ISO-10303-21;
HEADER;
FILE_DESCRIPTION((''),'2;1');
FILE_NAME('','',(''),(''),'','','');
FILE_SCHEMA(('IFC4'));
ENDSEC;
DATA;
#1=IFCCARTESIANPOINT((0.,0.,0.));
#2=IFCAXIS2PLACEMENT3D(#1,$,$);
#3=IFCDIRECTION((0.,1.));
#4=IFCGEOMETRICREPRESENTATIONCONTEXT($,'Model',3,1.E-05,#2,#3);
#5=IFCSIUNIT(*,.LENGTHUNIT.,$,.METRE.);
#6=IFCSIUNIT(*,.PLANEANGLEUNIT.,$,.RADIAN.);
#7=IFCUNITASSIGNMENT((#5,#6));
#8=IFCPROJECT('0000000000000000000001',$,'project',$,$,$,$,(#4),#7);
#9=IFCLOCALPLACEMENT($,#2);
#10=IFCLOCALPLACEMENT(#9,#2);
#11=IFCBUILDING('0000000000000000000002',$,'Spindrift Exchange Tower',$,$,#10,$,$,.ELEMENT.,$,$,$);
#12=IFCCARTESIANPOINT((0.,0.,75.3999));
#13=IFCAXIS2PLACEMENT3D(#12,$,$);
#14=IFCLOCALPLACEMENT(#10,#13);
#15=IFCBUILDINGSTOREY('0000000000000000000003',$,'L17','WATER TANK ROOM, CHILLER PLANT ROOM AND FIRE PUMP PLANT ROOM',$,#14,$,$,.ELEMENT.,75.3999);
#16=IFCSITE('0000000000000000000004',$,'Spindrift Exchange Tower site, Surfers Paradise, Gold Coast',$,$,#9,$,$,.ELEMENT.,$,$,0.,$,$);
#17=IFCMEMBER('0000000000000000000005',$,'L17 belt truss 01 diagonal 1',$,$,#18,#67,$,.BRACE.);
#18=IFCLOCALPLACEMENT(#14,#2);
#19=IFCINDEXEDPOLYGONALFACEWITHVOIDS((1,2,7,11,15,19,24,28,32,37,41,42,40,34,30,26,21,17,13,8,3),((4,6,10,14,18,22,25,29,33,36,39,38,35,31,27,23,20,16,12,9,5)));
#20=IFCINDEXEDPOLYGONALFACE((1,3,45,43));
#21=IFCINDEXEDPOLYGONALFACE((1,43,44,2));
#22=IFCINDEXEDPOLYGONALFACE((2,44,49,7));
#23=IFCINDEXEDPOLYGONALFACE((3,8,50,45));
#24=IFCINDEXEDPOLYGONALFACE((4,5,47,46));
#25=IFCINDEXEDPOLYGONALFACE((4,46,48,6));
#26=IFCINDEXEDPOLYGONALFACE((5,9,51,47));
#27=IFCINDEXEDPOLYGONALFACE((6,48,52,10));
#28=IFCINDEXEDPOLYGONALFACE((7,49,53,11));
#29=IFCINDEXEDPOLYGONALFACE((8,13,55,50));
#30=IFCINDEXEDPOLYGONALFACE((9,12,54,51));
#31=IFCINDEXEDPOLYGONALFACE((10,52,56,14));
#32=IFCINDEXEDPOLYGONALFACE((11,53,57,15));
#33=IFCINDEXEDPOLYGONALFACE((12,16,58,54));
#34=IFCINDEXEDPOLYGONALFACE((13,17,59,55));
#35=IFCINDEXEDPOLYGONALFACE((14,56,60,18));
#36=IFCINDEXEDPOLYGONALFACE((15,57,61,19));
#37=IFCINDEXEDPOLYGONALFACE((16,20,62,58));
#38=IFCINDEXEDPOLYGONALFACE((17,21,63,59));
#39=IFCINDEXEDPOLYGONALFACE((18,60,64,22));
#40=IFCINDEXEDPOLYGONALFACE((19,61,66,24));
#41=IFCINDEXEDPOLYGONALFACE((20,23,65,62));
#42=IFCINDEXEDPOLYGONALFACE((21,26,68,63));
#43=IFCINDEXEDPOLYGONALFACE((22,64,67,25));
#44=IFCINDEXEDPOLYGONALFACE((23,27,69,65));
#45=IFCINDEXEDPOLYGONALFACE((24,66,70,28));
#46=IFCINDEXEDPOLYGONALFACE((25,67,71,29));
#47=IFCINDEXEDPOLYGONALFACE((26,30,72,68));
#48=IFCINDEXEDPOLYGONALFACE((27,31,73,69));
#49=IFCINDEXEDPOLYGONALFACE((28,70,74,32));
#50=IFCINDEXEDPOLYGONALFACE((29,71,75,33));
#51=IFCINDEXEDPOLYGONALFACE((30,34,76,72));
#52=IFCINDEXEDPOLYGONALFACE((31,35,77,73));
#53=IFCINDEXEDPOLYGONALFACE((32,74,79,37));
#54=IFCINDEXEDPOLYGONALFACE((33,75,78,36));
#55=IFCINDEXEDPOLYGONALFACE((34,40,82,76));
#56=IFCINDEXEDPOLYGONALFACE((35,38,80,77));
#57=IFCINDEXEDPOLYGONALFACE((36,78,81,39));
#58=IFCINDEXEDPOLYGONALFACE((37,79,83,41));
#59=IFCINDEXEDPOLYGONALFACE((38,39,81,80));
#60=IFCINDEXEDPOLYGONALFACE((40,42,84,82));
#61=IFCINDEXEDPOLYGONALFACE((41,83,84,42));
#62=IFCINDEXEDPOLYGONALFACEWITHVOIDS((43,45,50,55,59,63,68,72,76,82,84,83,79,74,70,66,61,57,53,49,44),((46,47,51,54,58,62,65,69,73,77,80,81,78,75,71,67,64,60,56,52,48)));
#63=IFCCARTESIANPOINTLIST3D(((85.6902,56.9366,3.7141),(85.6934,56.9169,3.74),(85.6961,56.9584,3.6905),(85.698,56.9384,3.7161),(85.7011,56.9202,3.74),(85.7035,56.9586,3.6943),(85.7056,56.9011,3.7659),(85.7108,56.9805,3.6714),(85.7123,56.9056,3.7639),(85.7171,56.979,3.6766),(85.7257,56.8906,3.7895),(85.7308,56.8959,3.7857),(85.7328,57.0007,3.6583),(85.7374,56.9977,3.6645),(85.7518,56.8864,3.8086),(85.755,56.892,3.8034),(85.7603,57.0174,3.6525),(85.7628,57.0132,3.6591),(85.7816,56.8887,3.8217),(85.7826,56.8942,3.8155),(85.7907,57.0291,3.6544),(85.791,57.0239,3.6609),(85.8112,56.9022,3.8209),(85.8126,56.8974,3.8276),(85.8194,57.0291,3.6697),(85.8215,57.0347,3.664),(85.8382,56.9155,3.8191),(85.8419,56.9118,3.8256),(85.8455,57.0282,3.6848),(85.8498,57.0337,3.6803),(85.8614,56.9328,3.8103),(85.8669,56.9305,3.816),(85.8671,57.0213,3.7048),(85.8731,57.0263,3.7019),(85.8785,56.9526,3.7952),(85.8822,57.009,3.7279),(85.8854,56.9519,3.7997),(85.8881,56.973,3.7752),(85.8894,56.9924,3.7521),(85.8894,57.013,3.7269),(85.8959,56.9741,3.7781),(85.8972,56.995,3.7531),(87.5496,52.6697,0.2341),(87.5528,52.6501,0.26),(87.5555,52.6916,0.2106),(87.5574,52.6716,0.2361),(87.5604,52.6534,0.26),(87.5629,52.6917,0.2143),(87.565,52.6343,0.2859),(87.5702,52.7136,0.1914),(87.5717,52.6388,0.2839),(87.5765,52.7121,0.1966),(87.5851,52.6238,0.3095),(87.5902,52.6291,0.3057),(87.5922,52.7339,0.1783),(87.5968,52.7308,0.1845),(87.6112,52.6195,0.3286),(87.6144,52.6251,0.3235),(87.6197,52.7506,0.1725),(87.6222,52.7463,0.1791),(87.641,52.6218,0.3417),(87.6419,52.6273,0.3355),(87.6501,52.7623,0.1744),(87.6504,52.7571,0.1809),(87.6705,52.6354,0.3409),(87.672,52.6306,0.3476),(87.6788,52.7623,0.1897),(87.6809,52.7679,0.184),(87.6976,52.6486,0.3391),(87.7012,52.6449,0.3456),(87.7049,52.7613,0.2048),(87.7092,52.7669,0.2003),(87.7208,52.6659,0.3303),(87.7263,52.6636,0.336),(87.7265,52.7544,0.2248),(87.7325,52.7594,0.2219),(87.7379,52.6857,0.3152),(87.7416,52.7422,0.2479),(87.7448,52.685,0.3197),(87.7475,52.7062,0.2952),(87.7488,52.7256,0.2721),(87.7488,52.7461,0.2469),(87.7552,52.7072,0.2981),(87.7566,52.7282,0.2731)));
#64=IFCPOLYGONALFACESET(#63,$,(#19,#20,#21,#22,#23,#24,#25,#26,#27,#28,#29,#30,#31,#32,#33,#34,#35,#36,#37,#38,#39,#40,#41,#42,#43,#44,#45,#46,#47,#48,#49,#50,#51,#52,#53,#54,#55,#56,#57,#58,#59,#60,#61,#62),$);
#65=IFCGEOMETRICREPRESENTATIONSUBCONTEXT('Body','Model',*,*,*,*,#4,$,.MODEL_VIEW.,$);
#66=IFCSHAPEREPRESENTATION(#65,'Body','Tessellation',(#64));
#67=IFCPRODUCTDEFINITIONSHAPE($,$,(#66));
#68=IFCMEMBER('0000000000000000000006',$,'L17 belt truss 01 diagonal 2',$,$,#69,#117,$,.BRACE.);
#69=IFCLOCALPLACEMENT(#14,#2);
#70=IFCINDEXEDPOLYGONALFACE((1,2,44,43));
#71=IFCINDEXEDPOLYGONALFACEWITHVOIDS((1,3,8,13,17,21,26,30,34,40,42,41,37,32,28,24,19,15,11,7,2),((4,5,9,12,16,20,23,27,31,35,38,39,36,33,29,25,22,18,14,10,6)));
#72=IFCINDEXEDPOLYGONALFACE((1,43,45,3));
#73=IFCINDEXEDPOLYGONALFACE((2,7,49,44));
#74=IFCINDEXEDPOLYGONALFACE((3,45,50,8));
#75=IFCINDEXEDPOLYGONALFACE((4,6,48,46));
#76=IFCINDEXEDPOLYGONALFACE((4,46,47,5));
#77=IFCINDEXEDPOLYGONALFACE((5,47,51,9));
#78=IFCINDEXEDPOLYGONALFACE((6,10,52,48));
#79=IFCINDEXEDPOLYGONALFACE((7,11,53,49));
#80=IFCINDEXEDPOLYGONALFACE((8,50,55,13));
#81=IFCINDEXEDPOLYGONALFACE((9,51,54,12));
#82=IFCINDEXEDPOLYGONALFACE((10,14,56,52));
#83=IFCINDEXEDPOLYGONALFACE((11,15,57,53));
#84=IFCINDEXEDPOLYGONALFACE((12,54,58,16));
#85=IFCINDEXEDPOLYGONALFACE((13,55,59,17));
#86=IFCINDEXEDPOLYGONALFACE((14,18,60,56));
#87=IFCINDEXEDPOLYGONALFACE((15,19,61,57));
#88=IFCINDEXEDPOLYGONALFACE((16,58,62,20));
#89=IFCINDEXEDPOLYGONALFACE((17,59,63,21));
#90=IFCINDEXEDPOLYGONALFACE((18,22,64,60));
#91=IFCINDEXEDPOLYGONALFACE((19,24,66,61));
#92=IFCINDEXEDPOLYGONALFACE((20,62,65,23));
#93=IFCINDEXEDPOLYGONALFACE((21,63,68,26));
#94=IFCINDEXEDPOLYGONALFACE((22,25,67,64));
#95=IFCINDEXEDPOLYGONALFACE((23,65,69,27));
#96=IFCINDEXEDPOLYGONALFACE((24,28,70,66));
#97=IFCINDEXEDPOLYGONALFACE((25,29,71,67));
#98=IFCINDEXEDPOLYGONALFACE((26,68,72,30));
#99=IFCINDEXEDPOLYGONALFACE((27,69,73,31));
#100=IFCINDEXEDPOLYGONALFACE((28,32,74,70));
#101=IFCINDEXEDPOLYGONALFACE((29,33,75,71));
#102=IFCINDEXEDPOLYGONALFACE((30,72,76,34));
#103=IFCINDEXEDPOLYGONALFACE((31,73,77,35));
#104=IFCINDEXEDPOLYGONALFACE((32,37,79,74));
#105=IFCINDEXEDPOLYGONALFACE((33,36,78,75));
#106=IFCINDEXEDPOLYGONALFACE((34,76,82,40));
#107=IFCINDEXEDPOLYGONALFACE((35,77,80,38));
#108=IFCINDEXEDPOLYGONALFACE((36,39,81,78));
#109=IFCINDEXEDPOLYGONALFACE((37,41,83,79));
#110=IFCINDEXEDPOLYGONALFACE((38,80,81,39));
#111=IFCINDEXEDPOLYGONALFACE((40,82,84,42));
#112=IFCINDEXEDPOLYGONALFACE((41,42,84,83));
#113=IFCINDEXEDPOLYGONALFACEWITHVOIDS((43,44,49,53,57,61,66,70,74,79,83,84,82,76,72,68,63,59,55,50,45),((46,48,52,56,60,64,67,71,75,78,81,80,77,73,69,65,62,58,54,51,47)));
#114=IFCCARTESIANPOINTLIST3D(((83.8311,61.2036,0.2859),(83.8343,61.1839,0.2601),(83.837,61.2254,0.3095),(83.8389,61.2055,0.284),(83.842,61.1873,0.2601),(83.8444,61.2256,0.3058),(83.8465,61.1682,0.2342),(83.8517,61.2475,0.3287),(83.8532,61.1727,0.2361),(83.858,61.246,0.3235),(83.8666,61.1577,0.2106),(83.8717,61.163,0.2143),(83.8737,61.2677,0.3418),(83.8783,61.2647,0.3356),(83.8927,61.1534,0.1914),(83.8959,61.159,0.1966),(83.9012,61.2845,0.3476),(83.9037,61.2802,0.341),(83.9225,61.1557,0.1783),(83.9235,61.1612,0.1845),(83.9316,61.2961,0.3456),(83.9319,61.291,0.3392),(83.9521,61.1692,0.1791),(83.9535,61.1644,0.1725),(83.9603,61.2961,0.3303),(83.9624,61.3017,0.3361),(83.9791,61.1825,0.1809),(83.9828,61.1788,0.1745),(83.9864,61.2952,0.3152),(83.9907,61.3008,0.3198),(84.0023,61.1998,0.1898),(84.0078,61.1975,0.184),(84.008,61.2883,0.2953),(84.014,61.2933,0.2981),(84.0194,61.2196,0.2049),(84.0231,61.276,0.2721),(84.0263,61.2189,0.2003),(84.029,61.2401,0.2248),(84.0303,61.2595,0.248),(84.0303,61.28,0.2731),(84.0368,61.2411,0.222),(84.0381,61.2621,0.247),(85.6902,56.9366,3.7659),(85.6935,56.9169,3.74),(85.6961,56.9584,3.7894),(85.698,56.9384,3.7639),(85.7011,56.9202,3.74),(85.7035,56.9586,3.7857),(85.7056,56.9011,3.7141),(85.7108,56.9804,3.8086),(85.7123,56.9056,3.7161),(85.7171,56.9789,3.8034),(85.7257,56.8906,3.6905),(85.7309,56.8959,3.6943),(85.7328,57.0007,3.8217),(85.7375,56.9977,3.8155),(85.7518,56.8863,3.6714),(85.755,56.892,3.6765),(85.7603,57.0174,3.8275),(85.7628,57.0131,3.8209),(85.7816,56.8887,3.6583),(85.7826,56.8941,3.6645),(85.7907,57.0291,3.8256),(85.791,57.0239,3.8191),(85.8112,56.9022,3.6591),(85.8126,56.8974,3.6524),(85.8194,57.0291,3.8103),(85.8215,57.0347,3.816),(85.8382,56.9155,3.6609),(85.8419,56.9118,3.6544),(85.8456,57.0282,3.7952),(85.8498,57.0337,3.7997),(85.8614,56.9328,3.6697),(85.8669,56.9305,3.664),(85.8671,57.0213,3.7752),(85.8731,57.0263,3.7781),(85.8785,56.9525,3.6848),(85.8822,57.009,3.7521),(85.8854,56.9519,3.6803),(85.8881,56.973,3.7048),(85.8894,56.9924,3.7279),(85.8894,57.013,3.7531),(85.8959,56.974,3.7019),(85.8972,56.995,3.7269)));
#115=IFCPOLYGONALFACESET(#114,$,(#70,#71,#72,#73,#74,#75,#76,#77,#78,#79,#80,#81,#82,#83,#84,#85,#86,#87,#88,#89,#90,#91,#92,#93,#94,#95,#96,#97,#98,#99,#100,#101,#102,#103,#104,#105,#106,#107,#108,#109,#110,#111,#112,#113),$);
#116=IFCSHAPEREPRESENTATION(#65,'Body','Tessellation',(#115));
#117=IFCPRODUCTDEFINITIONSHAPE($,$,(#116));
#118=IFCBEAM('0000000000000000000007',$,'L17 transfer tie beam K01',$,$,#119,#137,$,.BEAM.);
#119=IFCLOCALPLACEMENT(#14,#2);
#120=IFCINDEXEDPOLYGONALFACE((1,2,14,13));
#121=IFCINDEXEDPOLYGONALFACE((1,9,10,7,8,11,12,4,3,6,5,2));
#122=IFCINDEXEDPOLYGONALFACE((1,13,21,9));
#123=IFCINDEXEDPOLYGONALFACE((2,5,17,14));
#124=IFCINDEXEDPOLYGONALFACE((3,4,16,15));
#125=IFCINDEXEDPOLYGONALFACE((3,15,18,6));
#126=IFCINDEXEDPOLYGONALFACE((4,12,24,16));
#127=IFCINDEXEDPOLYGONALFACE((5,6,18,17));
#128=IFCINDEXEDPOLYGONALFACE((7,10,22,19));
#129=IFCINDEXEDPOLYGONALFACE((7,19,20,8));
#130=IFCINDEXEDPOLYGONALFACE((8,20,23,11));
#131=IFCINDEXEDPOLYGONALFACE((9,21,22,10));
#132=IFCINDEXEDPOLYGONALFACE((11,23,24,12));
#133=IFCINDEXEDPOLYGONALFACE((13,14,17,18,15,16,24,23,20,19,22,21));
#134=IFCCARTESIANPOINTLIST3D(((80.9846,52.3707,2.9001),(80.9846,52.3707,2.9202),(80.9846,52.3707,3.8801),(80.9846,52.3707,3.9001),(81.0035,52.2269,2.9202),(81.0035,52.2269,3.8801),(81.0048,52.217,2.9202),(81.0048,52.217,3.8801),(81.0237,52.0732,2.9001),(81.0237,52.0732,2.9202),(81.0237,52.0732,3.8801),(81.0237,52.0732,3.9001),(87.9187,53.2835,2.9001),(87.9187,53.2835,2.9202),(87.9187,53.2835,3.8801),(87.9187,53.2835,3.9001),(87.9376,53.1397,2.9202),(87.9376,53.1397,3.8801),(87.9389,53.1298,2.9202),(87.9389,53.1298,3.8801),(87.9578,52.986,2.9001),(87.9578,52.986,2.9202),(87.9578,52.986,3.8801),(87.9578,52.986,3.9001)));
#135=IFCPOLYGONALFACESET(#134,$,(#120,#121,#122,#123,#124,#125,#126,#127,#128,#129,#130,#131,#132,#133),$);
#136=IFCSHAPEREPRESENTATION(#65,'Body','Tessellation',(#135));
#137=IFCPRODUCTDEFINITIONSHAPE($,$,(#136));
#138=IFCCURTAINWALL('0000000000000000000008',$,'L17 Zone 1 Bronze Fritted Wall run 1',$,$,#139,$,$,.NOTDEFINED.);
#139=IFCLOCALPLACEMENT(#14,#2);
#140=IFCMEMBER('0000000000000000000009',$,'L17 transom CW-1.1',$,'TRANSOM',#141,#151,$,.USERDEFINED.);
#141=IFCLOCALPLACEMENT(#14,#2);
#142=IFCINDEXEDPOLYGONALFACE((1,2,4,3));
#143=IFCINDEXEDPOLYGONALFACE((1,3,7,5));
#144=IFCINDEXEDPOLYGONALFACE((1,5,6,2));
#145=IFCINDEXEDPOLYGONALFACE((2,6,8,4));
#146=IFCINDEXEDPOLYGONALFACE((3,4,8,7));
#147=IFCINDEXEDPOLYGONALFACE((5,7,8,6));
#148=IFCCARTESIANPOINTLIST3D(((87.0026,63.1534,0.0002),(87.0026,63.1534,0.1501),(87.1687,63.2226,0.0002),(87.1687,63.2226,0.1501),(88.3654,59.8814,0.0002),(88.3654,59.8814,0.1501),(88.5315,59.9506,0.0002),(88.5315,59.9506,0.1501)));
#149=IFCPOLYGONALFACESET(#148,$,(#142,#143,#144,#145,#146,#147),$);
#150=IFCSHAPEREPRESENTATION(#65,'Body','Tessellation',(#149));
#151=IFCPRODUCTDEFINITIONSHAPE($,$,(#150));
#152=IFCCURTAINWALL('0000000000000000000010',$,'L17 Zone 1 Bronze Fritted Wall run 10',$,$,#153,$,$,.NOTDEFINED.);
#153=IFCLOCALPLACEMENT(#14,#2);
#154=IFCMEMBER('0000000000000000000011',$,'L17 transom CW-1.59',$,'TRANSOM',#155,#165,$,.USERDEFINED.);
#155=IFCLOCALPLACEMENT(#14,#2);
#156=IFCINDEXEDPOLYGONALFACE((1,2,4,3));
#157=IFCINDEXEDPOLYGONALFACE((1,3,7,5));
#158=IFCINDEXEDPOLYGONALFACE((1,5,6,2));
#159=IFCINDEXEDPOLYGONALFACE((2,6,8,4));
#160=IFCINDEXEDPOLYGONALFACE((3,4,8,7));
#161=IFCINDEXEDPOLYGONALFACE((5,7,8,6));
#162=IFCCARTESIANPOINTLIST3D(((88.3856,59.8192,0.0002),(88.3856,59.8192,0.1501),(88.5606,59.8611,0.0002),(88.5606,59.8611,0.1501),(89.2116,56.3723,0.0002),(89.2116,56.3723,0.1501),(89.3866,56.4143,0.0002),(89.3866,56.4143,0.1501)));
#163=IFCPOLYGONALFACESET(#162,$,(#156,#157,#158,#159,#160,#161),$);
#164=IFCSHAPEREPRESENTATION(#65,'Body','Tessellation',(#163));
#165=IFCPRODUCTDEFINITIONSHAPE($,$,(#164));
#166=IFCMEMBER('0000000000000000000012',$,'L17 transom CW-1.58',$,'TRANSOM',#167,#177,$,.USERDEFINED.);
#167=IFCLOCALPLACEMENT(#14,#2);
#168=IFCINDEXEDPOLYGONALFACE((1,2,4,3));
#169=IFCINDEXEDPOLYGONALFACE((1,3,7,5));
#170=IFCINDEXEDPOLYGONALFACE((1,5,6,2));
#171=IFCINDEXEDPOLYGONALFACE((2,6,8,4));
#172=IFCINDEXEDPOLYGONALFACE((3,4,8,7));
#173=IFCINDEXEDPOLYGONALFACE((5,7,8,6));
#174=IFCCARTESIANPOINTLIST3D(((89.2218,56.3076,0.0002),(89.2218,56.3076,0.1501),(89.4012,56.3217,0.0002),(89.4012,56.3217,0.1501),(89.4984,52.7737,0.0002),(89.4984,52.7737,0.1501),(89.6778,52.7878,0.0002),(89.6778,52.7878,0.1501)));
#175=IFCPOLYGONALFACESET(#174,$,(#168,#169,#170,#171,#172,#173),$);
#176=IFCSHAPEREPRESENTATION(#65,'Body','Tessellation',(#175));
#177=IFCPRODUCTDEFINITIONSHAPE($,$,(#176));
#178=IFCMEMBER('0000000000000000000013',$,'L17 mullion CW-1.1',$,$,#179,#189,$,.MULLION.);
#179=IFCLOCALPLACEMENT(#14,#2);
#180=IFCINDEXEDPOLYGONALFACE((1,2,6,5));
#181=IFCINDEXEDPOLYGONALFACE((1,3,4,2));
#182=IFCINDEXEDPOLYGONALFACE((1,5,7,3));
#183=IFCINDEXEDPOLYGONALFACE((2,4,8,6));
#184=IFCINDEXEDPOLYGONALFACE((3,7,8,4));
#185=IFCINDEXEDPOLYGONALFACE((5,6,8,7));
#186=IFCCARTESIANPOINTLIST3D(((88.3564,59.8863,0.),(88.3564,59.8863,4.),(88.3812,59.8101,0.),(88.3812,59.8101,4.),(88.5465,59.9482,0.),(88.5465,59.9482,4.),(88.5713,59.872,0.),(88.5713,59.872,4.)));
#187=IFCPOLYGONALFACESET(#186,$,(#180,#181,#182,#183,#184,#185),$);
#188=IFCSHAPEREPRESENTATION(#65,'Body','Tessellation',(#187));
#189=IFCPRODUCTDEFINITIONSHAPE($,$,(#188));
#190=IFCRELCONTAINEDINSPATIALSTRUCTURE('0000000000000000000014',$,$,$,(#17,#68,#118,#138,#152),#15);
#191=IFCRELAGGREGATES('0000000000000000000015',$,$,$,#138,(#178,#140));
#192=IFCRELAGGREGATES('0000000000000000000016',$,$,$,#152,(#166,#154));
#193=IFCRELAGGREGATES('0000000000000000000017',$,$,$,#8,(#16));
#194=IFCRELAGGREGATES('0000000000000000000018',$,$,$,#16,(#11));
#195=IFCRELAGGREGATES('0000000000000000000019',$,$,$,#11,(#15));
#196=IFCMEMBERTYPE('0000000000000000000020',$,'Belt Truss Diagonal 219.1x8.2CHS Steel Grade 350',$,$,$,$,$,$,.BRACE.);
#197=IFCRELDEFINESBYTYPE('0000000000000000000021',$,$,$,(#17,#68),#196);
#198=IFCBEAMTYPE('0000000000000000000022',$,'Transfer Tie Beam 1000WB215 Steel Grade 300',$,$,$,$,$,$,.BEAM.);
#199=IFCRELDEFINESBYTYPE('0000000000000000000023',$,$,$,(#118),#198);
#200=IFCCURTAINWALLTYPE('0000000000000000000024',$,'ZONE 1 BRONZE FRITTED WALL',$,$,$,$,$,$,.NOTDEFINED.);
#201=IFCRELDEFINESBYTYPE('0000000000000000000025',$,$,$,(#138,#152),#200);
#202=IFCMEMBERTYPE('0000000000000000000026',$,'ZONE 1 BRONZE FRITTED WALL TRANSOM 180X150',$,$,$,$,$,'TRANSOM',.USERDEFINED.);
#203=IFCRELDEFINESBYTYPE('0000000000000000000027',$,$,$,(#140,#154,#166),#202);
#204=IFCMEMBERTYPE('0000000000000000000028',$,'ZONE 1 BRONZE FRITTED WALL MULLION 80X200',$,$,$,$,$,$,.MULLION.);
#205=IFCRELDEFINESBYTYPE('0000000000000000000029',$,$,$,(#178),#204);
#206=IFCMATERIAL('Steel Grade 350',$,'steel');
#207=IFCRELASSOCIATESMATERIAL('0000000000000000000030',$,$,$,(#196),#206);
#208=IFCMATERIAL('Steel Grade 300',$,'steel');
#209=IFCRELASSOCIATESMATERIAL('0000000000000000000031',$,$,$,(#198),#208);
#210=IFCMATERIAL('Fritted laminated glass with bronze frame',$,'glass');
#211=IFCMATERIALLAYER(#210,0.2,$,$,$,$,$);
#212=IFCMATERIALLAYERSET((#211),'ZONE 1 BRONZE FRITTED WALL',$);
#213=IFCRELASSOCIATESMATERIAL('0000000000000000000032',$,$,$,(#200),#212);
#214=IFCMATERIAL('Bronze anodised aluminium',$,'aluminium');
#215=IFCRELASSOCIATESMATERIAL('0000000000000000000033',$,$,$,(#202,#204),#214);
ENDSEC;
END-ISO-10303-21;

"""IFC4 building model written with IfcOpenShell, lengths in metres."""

from ifc_helpers import new_model, si_unit, direction, frame, origin, origin_2d, place, context, subcontext, project, spatial, rectangle, hollow_circle, i_section, extrude, source, transform, mapped, material, layer, layer_set, material_profile, profile_set, type_object, element, aggregate, save


model = new_model("IFC4")

# Units and contexts
model_context = context("Model", 3, precision=1e-05, world=origin(), true_north=direction((0.0, 1.0)))
body_context = subcontext(model_context, "Body", "Model", "MODEL_VIEW")
ifc_project = project(units=[si_unit("LENGTHUNIT", "METRE"), si_unit("PLANEANGLEUNIT", "RADIAN")], contexts=[model_context])

# Site, building, storey
site_placement = place(None, origin())
site = spatial("IfcSite", under=ifc_project, at=site_placement, Name="Spindrift Exchange Tower site, Surfers Paradise, Gold Coast", CompositionType="ELEMENT", RefElevation=0.0)
building_placement = place(site_placement, origin())
building = spatial("IfcBuilding", under=site, at=building_placement, Name="Spindrift Exchange Tower", CompositionType="ELEMENT")
storey_placement = place(building_placement, frame((0.0, 0.0, 75.3999)))
storey = spatial("IfcBuildingStorey", under=building, at=storey_placement, Name="L17", Description="WATER TANK ROOM, CHILLER PLANT ROOM AND FIRE PUMP PLANT ROOM", CompositionType="ELEMENT", Elevation=75.3999)

# Shared definitions
ifc_material_1 = material(Name="Steel Grade 300", Category="steel")

# Members
ifc_material_2 = material(Name="Steel Grade 350", Category="steel")
ifc_material_profile_1 = material_profile(ifc_material_2, hollow_circle(Radius=0.1096, WallThickness=0.0083, at=origin_2d()), Name="219.1x8.2CHS")
ifc_profile_set_1 = profile_set([ifc_material_profile_1], Name="Steel Grade 350")
member_type_1 = type_object("IfcMemberType", Name="Belt Truss Diagonal 219.1x8.2CHS Steel Grade 350", PredefinedType="BRACE", material=ifc_profile_set_1)
shared_shape_1 = source(origin(), body_context, "Body", "SweptSolid", [
    extrude(hollow_circle(Radius=0.1096, WallThickness=0.0083, at=origin_2d()), origin(), (0.0, 0.0, 1.0), 5.8115),
])
for number, where, z_axis, x_axis, name in (
    (1, (87.6533, 52.6938, 0.26), (-0.319948, 0.734208, 0.59881), (-0.916738, -0.399489, 0.0), "L17 belt truss 01 diagonal 1"),
    (2, (85.7939, 56.9607, 3.74), (-0.3199, 0.734237, -0.598799), (-0.916765, -0.399426, 0.0), "L17 belt truss 01 diagonal 2"),
):
    element("IfcMember", number, at=place(storey_placement, frame(where, z_axis=z_axis, x_axis=x_axis)), inside=storey, type_object=member_type_1, Name=name, PredefinedType="BRACE", context=body_context, shape_type="MappedRepresentation", body=[
        mapped(shared_shape_1, transform((0.0, 0.0, 0.0), scale=1.0)),
    ])

# Beam
ifc_material_profile_2 = material_profile(ifc_material_1, i_section(OverallWidth=0.3, OverallDepth=1.0, WebThickness=0.01, FlangeThickness=0.02, at=origin_2d()), Name="1000WB215")
ifc_profile_set_2 = profile_set([ifc_material_profile_2], Name="Steel Grade 300")
beam_type_1 = type_object("IfcBeamType", Name="Transfer Tie Beam 1000WB215 Steel Grade 300", PredefinedType="BEAM", material=ifc_profile_set_2)
shared_shape_2 = source(origin(), body_context, "Body", "SweptSolid", [
    extrude(i_section(OverallWidth=0.3, OverallDepth=1.0, WebThickness=0.01, FlangeThickness=0.02, at=origin_2d()), origin(), (0.0, 0.0, 1.0), 6.9939),
])
beam_placement = place(storey_placement, frame((87.9382, 53.1348, 3.4001), z_axis=(-0.991446, -0.13052, 0.0), x_axis=(0.13052, -0.991446, 0.0)))
element("IfcBeam", 3, at=beam_placement, inside=storey, type_object=beam_type_1, Name="L17 transfer tie beam K01", PredefinedType="BEAM", context=body_context, shape_type="MappedRepresentation", body=[
    mapped(shared_shape_2, transform((0.0, 0.0, 0.0), scale=1.0)),
])

# Curtain wall, member
ifc_material_3 = material(Name="Fritted laminated glass with bronze frame", Category="glass")
ifc_layer_1 = layer(ifc_material_3, 0.2)
ifc_layer_set_1 = layer_set([ifc_layer_1], Name="ZONE 1 BRONZE FRITTED WALL")
curtain_wall_type = type_object("IfcCurtainWallType", Name="ZONE 1 BRONZE FRITTED WALL", PredefinedType="NOTDEFINED", material=ifc_layer_set_1)
curtain_wall_1_placement = place(storey_placement, origin())
curtain_wall_1 = element("IfcCurtainWall", 4, at=curtain_wall_1_placement, inside=storey, type_object=curtain_wall_type, Name="L17 Zone 1 Bronze Fritted Wall run 1", PredefinedType="NOTDEFINED")
ifc_material_4 = material(Name="Bronze anodised aluminium", Category="aluminium")
ifc_material_profile_3 = material_profile(ifc_material_4, rectangle(XDim=0.1799, YDim=0.1499, at=origin_2d()), Name="ZONE 1 BRONZE FRITTED WALL TRANSOM 180X150")
ifc_profile_set_3 = profile_set([ifc_material_profile_3], Name="Bronze anodised aluminium")
member_type_2 = type_object("IfcMemberType", Name="ZONE 1 BRONZE FRITTED WALL TRANSOM 180X150", ElementType="TRANSOM", PredefinedType="USERDEFINED", material=ifc_profile_set_3)
shared_shape_3 = source(origin(), body_context, "Body", "SweptSolid", [
    extrude(rectangle(XDim=0.1799, YDim=0.1499, at=origin_2d()), origin(), (0.0, 0.0, 1.0), 3.5444),
])
member_1_placement = place(storey_placement, frame((88.4485, 59.916, 0.0752), z_axis=(-0.384488, 0.92313, 0.0), x_axis=(-0.92313, -0.384488, 0.0)))
member_1 = element("IfcMember", 5, at=member_1_placement, type_object=member_type_2, Name="L17 transom CW-1.1", ObjectType="TRANSOM", PredefinedType="USERDEFINED", context=body_context, shape_type="MappedRepresentation", body=[
    mapped(shared_shape_3, transform((0.0, 0.0, 0.0), scale=1.0)),
])

# Curtain wall, members
curtain_wall_2_placement = place(storey_placement, origin())
curtain_wall_2 = element("IfcCurtainWall", 6, at=curtain_wall_2_placement, inside=storey, type_object=curtain_wall_type, Name="L17 Zone 1 Bronze Fritted Wall run 10", PredefinedType="NOTDEFINED")
member_2_placement = place(storey_placement, frame((89.2991, 56.3933, 0.0752), z_axis=(-0.233026, 0.97247, 0.0), x_axis=(-0.97247, -0.233026, 0.0)))
member_2 = element("IfcMember", 7, at=member_2_placement, type_object=member_type_2, Name="L17 transom CW-1.59", ObjectType="TRANSOM", PredefinedType="USERDEFINED", context=body_context, shape_type="MappedRepresentation", body=[
    mapped(shared_shape_3, transform((0.0, 0.0, 0.0), scale=1.0)),
])
shared_shape_4 = source(origin(), body_context, "Body", "SweptSolid", [
    extrude(rectangle(XDim=0.1799, YDim=0.1499, at=origin_2d()), origin(), (0.0, 0.0, 1.0), 3.5447),
])
member_3_placement = place(storey_placement, frame((89.5881, 52.7808, 0.0752), z_axis=(-0.078034, 0.996951, 0.0), x_axis=(-0.996951, -0.078034, 0.0)))
member_3 = element("IfcMember", 8, at=member_3_placement, type_object=member_type_2, Name="L17 transom CW-1.58", ObjectType="TRANSOM", PredefinedType="USERDEFINED", context=body_context, shape_type="MappedRepresentation", body=[
    mapped(shared_shape_4, transform((0.0, 0.0, 0.0), scale=1.0)),
])

# Member
ifc_material_profile_4 = material_profile(ifc_material_4, rectangle(XDim=0.0801, YDim=0.2, at=origin_2d()), Name="ZONE 1 BRONZE FRITTED WALL MULLION 80X200")
ifc_profile_set_4 = profile_set([ifc_material_profile_4], Name="Bronze anodised aluminium")
member_type_3 = type_object("IfcMemberType", Name="ZONE 1 BRONZE FRITTED WALL MULLION 80X200", PredefinedType="MULLION", material=ifc_profile_set_4)
shared_shape_5 = source(origin(), body_context, "Body", "SweptSolid", [
    extrude(rectangle(XDim=0.0801, YDim=0.2, at=origin_2d()), origin(), (0.0, 0.0, 1.0), 4.0),
])
member_4_placement = place(storey_placement, frame((88.4639, 59.8792, 0.0), z_axis=(0.0, 0.0, 1.0), x_axis=(-0.309756, 0.950816, 0.0)))
member_4 = element("IfcMember", 9, at=member_4_placement, type_object=member_type_3, Name="L17 mullion CW-1.1", PredefinedType="MULLION", context=body_context, shape_type="MappedRepresentation", body=[
    mapped(shared_shape_5, transform((0.0, 0.0, 0.0), scale=1.0)),
])
aggregate(curtain_wall_1, [member_4, member_1])

aggregate(curtain_wall_2, [member_3, member_2])

save(model, "model.ifc")
